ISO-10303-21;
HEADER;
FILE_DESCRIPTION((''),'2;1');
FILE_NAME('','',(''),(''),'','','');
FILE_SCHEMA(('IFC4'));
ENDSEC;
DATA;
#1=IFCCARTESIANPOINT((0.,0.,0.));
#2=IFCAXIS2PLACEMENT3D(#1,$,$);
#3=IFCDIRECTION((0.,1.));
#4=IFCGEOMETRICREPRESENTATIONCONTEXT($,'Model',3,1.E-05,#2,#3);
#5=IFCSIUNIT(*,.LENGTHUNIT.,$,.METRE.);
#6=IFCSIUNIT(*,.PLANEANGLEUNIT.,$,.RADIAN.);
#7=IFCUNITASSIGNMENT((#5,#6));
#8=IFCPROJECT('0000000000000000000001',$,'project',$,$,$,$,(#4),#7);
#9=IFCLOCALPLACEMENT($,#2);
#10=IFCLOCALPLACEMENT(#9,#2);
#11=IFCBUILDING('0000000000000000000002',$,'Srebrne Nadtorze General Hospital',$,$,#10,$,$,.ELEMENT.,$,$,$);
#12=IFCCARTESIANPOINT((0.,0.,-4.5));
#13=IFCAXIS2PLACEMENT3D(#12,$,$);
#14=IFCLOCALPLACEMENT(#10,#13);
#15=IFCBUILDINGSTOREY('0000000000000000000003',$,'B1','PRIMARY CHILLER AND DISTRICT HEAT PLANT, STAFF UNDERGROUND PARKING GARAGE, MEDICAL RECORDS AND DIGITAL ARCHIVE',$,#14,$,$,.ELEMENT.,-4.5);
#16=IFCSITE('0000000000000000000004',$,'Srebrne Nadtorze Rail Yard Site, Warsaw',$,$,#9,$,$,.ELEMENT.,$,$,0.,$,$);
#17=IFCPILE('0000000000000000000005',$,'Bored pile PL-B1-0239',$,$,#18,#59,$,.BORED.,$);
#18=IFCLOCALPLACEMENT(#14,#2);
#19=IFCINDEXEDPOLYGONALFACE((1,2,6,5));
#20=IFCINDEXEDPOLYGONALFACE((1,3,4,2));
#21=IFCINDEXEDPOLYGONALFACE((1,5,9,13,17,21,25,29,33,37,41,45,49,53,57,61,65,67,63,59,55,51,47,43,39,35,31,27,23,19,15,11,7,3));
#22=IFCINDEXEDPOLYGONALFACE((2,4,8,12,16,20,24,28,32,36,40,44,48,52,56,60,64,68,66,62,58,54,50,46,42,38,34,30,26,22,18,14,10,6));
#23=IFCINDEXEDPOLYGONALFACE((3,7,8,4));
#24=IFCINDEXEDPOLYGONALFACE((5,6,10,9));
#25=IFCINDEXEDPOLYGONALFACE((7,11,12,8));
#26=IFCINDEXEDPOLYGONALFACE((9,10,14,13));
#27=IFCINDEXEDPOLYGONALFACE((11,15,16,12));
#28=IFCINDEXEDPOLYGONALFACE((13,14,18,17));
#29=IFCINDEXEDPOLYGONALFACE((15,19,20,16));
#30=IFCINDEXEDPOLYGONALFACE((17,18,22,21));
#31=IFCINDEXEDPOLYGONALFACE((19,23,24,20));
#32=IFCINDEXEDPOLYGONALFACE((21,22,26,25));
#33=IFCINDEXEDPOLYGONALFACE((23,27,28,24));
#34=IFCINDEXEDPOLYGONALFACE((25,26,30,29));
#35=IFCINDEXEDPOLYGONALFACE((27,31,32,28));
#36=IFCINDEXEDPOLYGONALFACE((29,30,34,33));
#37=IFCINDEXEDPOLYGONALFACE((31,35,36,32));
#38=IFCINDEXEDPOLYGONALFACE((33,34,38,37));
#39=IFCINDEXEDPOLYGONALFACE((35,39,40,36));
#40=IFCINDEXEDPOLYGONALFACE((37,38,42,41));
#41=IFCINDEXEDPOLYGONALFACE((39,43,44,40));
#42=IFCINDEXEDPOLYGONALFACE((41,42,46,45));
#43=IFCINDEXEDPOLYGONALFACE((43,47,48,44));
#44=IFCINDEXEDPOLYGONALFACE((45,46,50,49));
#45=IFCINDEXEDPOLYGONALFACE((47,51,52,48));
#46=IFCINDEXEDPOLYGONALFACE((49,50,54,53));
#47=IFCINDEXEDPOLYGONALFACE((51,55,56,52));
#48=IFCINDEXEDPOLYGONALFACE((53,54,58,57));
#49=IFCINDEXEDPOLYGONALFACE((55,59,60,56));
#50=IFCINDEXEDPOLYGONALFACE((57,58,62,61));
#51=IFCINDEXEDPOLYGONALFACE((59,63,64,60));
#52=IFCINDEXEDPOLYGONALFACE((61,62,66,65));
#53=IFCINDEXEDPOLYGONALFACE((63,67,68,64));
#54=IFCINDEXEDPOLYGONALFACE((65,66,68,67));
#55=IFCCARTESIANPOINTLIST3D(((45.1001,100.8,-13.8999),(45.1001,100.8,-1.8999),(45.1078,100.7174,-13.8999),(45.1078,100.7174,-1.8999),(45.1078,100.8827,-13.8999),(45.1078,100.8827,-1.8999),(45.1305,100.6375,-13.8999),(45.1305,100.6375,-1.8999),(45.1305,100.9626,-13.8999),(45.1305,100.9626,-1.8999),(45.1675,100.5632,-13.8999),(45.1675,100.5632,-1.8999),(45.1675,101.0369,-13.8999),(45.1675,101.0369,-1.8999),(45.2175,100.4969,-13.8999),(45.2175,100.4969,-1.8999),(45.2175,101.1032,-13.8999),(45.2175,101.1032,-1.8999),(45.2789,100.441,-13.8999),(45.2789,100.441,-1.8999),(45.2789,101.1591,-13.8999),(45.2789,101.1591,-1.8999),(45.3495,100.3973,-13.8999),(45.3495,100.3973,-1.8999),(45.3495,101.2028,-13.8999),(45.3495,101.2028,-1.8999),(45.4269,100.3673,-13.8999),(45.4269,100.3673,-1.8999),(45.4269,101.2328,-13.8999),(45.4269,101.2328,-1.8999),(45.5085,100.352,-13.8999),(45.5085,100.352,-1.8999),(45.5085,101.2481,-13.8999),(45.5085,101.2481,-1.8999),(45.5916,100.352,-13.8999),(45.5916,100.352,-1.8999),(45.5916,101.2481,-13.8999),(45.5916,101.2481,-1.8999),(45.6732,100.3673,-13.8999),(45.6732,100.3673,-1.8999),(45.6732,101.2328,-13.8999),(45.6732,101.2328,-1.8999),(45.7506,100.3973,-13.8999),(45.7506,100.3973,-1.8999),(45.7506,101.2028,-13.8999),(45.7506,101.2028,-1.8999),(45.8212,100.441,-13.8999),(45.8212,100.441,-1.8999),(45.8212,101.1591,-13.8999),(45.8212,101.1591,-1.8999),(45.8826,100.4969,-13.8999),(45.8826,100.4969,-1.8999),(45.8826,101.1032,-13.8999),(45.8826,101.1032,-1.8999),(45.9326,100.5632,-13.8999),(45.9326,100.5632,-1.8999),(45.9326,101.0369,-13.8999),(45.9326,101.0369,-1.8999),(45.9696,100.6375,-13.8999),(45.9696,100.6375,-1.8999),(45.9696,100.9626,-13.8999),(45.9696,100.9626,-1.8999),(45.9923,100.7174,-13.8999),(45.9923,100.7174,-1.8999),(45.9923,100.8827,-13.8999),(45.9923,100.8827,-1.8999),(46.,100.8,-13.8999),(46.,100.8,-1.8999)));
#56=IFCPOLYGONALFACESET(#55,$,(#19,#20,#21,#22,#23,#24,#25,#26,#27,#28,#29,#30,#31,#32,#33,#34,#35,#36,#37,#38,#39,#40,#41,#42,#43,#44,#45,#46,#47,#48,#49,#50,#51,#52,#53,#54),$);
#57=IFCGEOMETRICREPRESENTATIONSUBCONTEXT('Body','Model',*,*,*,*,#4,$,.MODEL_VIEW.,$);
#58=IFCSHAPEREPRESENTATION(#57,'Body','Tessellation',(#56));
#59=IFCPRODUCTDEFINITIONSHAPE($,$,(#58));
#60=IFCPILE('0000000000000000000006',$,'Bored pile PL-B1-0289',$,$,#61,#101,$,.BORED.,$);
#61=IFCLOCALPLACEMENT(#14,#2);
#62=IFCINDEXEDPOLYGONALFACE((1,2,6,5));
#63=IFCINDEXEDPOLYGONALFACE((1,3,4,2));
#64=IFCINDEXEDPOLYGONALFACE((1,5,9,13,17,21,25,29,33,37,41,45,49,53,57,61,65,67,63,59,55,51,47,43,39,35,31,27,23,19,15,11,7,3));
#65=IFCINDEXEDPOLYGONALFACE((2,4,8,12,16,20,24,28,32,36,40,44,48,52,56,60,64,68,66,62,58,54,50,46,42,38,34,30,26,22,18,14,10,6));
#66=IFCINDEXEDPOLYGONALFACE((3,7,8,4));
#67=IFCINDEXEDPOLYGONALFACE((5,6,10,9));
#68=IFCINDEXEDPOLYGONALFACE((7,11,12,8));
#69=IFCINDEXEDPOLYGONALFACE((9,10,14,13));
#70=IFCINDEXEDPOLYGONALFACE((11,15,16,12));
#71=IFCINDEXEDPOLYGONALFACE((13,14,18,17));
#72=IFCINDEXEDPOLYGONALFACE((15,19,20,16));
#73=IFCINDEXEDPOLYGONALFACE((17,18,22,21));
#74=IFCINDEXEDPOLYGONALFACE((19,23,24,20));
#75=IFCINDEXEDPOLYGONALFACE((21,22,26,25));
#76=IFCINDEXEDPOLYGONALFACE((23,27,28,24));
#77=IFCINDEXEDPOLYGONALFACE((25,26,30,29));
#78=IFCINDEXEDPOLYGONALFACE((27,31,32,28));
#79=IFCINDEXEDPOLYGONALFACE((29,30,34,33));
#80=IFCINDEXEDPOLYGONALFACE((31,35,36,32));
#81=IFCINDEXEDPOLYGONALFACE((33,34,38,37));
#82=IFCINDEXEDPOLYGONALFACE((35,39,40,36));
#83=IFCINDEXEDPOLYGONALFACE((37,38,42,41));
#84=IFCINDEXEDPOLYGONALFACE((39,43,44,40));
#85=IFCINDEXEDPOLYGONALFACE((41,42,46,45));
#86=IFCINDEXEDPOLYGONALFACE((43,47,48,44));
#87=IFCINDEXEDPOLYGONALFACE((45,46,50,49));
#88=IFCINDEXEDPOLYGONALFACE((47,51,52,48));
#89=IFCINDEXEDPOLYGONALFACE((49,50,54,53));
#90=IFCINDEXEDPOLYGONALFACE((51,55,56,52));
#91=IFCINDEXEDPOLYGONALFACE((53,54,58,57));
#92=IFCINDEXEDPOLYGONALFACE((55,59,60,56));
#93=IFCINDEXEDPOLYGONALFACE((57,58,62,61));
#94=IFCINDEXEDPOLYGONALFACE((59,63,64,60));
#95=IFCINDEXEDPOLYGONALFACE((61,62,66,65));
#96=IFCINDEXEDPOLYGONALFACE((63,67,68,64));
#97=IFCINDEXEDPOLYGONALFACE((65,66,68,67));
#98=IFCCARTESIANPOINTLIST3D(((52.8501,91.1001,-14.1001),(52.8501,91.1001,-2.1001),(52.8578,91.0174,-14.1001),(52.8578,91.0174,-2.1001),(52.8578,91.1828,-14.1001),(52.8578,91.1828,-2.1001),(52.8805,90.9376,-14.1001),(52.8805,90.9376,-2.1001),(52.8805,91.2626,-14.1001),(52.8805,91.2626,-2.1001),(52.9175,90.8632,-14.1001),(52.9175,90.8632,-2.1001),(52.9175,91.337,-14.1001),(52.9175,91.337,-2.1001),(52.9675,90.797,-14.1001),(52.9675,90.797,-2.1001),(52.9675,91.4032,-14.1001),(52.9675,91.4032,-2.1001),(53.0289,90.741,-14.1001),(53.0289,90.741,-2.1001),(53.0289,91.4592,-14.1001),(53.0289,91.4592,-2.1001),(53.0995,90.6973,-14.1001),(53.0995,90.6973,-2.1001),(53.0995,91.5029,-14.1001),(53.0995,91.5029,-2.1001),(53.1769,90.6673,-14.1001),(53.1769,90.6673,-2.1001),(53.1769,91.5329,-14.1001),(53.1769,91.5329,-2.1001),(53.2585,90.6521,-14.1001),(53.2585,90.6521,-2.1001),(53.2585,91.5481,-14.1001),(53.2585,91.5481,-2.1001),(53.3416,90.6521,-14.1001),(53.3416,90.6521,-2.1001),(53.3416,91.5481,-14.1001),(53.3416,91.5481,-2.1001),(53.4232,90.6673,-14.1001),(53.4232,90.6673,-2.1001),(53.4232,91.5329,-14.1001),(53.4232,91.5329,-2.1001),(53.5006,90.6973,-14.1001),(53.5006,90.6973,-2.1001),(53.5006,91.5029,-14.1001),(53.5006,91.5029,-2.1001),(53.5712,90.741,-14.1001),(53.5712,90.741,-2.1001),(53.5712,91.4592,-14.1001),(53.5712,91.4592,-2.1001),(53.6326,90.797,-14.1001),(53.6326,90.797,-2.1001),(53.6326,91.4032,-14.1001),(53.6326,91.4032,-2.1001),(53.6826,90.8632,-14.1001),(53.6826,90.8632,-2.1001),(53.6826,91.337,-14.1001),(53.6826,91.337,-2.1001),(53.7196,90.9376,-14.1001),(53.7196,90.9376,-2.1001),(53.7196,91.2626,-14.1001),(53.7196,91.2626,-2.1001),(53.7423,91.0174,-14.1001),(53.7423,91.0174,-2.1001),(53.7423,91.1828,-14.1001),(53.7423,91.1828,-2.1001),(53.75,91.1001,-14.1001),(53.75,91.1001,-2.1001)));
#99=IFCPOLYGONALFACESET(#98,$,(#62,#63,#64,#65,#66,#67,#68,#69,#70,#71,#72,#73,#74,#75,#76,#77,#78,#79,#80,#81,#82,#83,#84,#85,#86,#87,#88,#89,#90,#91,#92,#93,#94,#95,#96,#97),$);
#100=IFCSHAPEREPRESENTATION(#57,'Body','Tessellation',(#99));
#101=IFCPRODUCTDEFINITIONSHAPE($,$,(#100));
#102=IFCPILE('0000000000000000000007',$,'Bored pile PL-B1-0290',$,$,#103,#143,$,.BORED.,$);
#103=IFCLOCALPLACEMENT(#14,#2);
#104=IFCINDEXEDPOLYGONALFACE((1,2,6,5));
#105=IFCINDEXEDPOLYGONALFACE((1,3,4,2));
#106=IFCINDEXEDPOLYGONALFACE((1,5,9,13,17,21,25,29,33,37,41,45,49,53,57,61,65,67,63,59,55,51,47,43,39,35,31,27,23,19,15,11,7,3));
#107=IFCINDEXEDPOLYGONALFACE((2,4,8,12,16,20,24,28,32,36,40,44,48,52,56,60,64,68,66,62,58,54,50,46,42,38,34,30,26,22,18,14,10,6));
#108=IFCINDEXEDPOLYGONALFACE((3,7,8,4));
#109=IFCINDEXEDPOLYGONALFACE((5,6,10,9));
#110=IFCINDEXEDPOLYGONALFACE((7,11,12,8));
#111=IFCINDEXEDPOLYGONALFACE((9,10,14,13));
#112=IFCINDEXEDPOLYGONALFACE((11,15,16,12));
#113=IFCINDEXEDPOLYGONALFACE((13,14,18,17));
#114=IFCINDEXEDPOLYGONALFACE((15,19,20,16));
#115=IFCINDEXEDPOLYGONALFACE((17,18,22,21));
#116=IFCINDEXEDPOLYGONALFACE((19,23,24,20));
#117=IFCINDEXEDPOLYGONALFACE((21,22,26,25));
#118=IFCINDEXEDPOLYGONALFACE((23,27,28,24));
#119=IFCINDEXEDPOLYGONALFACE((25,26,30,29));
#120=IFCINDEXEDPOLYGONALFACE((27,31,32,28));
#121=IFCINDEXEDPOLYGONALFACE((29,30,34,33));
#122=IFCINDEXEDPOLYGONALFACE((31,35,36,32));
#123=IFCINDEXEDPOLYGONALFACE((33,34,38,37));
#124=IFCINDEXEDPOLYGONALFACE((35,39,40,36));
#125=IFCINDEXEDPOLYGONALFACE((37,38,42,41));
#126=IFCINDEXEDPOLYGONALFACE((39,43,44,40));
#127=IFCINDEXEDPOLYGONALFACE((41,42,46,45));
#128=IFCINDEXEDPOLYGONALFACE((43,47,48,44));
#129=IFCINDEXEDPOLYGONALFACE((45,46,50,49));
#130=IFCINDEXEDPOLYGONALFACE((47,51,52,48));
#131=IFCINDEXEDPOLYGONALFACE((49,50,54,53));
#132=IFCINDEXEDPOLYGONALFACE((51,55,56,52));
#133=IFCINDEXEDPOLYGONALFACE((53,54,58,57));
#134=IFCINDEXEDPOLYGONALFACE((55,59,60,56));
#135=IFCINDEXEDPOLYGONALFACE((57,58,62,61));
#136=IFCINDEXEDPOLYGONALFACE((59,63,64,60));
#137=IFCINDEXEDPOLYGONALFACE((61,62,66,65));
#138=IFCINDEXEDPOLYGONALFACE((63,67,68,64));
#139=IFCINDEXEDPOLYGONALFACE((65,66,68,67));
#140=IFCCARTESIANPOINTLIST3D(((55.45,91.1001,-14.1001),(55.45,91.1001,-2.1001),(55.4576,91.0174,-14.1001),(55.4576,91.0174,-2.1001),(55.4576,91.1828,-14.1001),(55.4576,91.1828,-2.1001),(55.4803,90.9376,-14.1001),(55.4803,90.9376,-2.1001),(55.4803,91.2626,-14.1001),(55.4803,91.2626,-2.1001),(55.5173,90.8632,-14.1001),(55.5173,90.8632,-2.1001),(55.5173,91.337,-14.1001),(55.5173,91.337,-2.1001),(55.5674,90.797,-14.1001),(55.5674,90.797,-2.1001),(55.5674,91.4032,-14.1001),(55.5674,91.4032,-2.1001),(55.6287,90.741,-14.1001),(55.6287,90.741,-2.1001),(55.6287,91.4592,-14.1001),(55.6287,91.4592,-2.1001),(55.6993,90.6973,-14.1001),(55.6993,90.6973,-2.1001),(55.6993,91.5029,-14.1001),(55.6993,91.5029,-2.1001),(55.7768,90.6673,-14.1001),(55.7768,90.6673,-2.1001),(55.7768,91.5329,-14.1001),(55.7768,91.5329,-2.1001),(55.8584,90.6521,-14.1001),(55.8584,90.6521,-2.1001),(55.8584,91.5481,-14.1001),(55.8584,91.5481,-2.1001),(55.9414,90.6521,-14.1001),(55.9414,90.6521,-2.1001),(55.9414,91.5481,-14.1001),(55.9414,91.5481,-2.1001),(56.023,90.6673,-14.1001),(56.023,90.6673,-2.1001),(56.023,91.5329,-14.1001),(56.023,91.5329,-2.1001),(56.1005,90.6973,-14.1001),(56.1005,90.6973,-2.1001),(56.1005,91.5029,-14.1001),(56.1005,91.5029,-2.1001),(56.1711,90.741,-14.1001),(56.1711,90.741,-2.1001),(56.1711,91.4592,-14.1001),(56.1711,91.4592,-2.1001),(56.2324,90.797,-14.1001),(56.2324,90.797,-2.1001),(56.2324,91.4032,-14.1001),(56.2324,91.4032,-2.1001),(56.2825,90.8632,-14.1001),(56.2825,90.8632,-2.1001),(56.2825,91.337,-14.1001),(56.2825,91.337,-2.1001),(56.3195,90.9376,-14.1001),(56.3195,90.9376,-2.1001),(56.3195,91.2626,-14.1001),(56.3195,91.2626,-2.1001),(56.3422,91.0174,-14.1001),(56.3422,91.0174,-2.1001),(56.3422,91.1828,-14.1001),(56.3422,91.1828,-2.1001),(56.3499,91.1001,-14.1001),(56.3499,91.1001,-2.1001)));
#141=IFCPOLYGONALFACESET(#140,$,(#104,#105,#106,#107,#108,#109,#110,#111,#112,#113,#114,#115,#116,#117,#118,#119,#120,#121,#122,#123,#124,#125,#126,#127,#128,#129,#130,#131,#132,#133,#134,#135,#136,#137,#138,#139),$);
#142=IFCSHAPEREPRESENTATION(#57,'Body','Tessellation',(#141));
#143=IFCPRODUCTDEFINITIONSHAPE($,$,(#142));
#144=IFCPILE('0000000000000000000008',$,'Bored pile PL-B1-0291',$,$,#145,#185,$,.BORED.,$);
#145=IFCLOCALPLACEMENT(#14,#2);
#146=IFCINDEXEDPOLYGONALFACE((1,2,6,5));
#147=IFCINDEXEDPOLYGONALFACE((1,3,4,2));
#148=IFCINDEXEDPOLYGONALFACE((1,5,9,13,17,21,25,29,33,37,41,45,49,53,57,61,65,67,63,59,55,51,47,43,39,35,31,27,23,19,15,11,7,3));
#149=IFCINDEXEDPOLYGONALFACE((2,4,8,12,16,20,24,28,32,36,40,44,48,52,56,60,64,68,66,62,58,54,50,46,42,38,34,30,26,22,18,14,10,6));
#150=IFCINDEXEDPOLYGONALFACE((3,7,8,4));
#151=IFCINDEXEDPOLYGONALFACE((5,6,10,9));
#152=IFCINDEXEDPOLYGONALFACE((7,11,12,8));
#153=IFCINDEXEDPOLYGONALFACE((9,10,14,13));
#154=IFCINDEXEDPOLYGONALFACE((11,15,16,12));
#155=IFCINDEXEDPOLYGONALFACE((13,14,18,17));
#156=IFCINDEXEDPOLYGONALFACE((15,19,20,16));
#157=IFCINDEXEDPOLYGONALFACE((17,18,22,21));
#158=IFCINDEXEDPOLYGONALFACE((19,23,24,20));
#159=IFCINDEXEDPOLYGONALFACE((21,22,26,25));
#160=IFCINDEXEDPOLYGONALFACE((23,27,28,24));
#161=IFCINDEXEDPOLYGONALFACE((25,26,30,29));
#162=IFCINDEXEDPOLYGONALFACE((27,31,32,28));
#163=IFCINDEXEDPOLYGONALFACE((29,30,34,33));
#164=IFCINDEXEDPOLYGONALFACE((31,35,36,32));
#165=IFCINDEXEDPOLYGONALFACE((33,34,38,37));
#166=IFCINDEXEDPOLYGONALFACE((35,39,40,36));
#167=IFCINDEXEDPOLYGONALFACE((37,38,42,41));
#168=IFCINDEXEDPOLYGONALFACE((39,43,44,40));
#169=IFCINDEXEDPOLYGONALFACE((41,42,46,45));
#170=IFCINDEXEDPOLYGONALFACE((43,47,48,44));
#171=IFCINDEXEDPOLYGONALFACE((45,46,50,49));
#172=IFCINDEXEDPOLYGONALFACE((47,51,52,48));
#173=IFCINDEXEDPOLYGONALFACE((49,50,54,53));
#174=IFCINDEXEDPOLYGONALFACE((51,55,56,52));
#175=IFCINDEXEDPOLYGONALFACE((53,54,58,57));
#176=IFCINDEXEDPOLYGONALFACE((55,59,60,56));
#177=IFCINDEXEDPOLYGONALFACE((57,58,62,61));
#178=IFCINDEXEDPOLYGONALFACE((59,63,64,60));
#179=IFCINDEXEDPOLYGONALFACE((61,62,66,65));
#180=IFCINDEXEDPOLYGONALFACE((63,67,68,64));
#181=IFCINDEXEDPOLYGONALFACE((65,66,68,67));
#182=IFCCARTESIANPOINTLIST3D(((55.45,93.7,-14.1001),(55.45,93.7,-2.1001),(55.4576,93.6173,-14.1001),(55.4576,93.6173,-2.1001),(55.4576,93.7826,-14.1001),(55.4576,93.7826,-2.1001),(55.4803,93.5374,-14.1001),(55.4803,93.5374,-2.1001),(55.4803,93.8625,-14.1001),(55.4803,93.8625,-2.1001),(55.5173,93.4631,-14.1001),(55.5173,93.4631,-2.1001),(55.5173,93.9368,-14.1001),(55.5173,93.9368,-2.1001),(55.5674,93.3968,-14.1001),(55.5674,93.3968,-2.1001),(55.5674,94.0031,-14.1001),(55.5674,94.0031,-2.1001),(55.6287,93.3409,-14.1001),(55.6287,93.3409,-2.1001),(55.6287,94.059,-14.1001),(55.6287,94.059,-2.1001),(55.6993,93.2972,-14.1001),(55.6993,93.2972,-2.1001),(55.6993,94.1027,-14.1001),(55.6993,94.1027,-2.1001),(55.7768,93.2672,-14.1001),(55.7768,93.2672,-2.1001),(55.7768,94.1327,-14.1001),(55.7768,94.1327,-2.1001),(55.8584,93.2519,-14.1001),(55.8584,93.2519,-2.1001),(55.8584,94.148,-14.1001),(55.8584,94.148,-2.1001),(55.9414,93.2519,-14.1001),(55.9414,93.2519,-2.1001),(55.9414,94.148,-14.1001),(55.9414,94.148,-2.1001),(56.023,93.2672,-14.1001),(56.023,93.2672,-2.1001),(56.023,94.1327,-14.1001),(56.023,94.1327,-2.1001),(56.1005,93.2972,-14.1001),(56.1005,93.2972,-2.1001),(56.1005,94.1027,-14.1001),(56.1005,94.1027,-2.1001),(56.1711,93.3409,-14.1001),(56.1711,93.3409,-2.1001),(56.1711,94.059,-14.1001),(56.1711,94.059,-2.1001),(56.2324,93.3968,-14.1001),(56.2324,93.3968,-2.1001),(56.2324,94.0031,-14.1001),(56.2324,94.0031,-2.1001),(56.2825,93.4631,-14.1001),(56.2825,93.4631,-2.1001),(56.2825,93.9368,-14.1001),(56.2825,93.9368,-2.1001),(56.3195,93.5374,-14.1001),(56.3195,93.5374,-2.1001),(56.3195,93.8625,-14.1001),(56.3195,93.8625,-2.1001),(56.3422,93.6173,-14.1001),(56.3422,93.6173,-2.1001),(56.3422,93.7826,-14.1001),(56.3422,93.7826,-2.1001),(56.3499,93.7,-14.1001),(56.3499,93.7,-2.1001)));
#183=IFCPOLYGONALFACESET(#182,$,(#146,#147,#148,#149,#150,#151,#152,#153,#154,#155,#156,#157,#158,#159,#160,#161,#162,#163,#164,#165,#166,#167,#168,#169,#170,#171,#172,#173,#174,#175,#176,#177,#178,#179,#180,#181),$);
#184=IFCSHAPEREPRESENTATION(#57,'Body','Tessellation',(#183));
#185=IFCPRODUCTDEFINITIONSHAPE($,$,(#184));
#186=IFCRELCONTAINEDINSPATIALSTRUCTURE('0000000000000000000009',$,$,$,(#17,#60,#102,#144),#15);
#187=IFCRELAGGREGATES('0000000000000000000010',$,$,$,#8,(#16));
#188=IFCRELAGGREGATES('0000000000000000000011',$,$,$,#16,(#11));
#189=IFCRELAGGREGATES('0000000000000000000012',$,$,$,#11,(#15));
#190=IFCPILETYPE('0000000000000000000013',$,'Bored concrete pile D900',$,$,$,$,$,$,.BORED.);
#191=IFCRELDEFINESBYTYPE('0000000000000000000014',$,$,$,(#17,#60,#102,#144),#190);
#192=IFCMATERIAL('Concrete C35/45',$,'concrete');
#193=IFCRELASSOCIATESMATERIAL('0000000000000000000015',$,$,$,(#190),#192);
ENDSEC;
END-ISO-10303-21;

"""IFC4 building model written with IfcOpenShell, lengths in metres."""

from ifc_helpers import new_model, si_unit, direction, frame, origin, origin_2d, place, context, subcontext, project, spatial, circle, extrude, material, material_profile, profile_set, type_object, element, save


model = new_model("IFC4")

# Units and contexts
model_context = context("Model", 3, precision=1e-05, world=origin(), true_north=direction((0.0, 1.0)))
body_context = subcontext(model_context, "Body", "Model", "MODEL_VIEW")
ifc_project = project(units=[si_unit("LENGTHUNIT", "METRE"), si_unit("PLANEANGLEUNIT", "RADIAN")], contexts=[model_context])

# Site, building, storey
site_placement = place(None, origin())
site = spatial("IfcSite", under=ifc_project, at=site_placement, Name="Srebrne Nadtorze Rail Yard Site, Warsaw", CompositionType="ELEMENT", RefElevation=0.0)
building_placement = place(site_placement, origin())
building = spatial("IfcBuilding", under=site, at=building_placement, Name="Srebrne Nadtorze General Hospital", CompositionType="ELEMENT")
storey_placement = place(building_placement, frame((0.0, 0.0, -4.5)))
storey = spatial("IfcBuildingStorey", under=building, at=storey_placement, Name="B1", Description="PRIMARY CHILLER AND DISTRICT HEAT PLANT, STAFF UNDERGROUND PARKING GARAGE, MEDICAL RECORDS AND DIGITAL ARCHIVE", CompositionType="ELEMENT", Elevation=-4.5)

# Piles
ifc_material_1 = material(Name="Concrete C35/45", Category="concrete")
ifc_material_profile_1 = material_profile(ifc_material_1, circle(Radius=0.45, at=origin_2d()), Name="PILE-D900")
ifc_profile_set_1 = profile_set([ifc_material_profile_1], Name="Concrete C35/45")
pile_type_1 = type_object("IfcPileType", Name="Bored concrete pile D900", PredefinedType="BORED", material=ifc_profile_set_1)
for number, where, z_axis, x_axis, name in (
    (1, (45.55, 100.8, -1.8999), (0.0, 0.0, -1.0), (1.0, 0.0, 0.0), "Bored pile PL-B1-0239"),
    (2, (53.3, 91.1001, -2.1001), (0.0, 0.0, -1.0), (1.0, 0.0, 0.0), "Bored pile PL-B1-0289"),
    (3, (55.8999, 91.1001, -2.1001), (0.0, 0.0, -1.0), (1.0, 0.0, 0.0), "Bored pile PL-B1-0290"),
    (4, (55.8999, 93.7, -2.1001), (0.0, 0.0, -1.0), (1.0, 0.0, 0.0), "Bored pile PL-B1-0291"),
):
    element("IfcPile", number, at=place(storey_placement, frame(where, z_axis=z_axis, x_axis=x_axis)), inside=storey, type_object=pile_type_1, Name=name, PredefinedType="BORED", context=body_context, shape_type="SweptSolid", body=[
        extrude(circle(Radius=0.45, at=origin_2d()), origin(), (0.0, 0.0, 1.0), 12.0),
    ])

save(model, "model.ifc")
